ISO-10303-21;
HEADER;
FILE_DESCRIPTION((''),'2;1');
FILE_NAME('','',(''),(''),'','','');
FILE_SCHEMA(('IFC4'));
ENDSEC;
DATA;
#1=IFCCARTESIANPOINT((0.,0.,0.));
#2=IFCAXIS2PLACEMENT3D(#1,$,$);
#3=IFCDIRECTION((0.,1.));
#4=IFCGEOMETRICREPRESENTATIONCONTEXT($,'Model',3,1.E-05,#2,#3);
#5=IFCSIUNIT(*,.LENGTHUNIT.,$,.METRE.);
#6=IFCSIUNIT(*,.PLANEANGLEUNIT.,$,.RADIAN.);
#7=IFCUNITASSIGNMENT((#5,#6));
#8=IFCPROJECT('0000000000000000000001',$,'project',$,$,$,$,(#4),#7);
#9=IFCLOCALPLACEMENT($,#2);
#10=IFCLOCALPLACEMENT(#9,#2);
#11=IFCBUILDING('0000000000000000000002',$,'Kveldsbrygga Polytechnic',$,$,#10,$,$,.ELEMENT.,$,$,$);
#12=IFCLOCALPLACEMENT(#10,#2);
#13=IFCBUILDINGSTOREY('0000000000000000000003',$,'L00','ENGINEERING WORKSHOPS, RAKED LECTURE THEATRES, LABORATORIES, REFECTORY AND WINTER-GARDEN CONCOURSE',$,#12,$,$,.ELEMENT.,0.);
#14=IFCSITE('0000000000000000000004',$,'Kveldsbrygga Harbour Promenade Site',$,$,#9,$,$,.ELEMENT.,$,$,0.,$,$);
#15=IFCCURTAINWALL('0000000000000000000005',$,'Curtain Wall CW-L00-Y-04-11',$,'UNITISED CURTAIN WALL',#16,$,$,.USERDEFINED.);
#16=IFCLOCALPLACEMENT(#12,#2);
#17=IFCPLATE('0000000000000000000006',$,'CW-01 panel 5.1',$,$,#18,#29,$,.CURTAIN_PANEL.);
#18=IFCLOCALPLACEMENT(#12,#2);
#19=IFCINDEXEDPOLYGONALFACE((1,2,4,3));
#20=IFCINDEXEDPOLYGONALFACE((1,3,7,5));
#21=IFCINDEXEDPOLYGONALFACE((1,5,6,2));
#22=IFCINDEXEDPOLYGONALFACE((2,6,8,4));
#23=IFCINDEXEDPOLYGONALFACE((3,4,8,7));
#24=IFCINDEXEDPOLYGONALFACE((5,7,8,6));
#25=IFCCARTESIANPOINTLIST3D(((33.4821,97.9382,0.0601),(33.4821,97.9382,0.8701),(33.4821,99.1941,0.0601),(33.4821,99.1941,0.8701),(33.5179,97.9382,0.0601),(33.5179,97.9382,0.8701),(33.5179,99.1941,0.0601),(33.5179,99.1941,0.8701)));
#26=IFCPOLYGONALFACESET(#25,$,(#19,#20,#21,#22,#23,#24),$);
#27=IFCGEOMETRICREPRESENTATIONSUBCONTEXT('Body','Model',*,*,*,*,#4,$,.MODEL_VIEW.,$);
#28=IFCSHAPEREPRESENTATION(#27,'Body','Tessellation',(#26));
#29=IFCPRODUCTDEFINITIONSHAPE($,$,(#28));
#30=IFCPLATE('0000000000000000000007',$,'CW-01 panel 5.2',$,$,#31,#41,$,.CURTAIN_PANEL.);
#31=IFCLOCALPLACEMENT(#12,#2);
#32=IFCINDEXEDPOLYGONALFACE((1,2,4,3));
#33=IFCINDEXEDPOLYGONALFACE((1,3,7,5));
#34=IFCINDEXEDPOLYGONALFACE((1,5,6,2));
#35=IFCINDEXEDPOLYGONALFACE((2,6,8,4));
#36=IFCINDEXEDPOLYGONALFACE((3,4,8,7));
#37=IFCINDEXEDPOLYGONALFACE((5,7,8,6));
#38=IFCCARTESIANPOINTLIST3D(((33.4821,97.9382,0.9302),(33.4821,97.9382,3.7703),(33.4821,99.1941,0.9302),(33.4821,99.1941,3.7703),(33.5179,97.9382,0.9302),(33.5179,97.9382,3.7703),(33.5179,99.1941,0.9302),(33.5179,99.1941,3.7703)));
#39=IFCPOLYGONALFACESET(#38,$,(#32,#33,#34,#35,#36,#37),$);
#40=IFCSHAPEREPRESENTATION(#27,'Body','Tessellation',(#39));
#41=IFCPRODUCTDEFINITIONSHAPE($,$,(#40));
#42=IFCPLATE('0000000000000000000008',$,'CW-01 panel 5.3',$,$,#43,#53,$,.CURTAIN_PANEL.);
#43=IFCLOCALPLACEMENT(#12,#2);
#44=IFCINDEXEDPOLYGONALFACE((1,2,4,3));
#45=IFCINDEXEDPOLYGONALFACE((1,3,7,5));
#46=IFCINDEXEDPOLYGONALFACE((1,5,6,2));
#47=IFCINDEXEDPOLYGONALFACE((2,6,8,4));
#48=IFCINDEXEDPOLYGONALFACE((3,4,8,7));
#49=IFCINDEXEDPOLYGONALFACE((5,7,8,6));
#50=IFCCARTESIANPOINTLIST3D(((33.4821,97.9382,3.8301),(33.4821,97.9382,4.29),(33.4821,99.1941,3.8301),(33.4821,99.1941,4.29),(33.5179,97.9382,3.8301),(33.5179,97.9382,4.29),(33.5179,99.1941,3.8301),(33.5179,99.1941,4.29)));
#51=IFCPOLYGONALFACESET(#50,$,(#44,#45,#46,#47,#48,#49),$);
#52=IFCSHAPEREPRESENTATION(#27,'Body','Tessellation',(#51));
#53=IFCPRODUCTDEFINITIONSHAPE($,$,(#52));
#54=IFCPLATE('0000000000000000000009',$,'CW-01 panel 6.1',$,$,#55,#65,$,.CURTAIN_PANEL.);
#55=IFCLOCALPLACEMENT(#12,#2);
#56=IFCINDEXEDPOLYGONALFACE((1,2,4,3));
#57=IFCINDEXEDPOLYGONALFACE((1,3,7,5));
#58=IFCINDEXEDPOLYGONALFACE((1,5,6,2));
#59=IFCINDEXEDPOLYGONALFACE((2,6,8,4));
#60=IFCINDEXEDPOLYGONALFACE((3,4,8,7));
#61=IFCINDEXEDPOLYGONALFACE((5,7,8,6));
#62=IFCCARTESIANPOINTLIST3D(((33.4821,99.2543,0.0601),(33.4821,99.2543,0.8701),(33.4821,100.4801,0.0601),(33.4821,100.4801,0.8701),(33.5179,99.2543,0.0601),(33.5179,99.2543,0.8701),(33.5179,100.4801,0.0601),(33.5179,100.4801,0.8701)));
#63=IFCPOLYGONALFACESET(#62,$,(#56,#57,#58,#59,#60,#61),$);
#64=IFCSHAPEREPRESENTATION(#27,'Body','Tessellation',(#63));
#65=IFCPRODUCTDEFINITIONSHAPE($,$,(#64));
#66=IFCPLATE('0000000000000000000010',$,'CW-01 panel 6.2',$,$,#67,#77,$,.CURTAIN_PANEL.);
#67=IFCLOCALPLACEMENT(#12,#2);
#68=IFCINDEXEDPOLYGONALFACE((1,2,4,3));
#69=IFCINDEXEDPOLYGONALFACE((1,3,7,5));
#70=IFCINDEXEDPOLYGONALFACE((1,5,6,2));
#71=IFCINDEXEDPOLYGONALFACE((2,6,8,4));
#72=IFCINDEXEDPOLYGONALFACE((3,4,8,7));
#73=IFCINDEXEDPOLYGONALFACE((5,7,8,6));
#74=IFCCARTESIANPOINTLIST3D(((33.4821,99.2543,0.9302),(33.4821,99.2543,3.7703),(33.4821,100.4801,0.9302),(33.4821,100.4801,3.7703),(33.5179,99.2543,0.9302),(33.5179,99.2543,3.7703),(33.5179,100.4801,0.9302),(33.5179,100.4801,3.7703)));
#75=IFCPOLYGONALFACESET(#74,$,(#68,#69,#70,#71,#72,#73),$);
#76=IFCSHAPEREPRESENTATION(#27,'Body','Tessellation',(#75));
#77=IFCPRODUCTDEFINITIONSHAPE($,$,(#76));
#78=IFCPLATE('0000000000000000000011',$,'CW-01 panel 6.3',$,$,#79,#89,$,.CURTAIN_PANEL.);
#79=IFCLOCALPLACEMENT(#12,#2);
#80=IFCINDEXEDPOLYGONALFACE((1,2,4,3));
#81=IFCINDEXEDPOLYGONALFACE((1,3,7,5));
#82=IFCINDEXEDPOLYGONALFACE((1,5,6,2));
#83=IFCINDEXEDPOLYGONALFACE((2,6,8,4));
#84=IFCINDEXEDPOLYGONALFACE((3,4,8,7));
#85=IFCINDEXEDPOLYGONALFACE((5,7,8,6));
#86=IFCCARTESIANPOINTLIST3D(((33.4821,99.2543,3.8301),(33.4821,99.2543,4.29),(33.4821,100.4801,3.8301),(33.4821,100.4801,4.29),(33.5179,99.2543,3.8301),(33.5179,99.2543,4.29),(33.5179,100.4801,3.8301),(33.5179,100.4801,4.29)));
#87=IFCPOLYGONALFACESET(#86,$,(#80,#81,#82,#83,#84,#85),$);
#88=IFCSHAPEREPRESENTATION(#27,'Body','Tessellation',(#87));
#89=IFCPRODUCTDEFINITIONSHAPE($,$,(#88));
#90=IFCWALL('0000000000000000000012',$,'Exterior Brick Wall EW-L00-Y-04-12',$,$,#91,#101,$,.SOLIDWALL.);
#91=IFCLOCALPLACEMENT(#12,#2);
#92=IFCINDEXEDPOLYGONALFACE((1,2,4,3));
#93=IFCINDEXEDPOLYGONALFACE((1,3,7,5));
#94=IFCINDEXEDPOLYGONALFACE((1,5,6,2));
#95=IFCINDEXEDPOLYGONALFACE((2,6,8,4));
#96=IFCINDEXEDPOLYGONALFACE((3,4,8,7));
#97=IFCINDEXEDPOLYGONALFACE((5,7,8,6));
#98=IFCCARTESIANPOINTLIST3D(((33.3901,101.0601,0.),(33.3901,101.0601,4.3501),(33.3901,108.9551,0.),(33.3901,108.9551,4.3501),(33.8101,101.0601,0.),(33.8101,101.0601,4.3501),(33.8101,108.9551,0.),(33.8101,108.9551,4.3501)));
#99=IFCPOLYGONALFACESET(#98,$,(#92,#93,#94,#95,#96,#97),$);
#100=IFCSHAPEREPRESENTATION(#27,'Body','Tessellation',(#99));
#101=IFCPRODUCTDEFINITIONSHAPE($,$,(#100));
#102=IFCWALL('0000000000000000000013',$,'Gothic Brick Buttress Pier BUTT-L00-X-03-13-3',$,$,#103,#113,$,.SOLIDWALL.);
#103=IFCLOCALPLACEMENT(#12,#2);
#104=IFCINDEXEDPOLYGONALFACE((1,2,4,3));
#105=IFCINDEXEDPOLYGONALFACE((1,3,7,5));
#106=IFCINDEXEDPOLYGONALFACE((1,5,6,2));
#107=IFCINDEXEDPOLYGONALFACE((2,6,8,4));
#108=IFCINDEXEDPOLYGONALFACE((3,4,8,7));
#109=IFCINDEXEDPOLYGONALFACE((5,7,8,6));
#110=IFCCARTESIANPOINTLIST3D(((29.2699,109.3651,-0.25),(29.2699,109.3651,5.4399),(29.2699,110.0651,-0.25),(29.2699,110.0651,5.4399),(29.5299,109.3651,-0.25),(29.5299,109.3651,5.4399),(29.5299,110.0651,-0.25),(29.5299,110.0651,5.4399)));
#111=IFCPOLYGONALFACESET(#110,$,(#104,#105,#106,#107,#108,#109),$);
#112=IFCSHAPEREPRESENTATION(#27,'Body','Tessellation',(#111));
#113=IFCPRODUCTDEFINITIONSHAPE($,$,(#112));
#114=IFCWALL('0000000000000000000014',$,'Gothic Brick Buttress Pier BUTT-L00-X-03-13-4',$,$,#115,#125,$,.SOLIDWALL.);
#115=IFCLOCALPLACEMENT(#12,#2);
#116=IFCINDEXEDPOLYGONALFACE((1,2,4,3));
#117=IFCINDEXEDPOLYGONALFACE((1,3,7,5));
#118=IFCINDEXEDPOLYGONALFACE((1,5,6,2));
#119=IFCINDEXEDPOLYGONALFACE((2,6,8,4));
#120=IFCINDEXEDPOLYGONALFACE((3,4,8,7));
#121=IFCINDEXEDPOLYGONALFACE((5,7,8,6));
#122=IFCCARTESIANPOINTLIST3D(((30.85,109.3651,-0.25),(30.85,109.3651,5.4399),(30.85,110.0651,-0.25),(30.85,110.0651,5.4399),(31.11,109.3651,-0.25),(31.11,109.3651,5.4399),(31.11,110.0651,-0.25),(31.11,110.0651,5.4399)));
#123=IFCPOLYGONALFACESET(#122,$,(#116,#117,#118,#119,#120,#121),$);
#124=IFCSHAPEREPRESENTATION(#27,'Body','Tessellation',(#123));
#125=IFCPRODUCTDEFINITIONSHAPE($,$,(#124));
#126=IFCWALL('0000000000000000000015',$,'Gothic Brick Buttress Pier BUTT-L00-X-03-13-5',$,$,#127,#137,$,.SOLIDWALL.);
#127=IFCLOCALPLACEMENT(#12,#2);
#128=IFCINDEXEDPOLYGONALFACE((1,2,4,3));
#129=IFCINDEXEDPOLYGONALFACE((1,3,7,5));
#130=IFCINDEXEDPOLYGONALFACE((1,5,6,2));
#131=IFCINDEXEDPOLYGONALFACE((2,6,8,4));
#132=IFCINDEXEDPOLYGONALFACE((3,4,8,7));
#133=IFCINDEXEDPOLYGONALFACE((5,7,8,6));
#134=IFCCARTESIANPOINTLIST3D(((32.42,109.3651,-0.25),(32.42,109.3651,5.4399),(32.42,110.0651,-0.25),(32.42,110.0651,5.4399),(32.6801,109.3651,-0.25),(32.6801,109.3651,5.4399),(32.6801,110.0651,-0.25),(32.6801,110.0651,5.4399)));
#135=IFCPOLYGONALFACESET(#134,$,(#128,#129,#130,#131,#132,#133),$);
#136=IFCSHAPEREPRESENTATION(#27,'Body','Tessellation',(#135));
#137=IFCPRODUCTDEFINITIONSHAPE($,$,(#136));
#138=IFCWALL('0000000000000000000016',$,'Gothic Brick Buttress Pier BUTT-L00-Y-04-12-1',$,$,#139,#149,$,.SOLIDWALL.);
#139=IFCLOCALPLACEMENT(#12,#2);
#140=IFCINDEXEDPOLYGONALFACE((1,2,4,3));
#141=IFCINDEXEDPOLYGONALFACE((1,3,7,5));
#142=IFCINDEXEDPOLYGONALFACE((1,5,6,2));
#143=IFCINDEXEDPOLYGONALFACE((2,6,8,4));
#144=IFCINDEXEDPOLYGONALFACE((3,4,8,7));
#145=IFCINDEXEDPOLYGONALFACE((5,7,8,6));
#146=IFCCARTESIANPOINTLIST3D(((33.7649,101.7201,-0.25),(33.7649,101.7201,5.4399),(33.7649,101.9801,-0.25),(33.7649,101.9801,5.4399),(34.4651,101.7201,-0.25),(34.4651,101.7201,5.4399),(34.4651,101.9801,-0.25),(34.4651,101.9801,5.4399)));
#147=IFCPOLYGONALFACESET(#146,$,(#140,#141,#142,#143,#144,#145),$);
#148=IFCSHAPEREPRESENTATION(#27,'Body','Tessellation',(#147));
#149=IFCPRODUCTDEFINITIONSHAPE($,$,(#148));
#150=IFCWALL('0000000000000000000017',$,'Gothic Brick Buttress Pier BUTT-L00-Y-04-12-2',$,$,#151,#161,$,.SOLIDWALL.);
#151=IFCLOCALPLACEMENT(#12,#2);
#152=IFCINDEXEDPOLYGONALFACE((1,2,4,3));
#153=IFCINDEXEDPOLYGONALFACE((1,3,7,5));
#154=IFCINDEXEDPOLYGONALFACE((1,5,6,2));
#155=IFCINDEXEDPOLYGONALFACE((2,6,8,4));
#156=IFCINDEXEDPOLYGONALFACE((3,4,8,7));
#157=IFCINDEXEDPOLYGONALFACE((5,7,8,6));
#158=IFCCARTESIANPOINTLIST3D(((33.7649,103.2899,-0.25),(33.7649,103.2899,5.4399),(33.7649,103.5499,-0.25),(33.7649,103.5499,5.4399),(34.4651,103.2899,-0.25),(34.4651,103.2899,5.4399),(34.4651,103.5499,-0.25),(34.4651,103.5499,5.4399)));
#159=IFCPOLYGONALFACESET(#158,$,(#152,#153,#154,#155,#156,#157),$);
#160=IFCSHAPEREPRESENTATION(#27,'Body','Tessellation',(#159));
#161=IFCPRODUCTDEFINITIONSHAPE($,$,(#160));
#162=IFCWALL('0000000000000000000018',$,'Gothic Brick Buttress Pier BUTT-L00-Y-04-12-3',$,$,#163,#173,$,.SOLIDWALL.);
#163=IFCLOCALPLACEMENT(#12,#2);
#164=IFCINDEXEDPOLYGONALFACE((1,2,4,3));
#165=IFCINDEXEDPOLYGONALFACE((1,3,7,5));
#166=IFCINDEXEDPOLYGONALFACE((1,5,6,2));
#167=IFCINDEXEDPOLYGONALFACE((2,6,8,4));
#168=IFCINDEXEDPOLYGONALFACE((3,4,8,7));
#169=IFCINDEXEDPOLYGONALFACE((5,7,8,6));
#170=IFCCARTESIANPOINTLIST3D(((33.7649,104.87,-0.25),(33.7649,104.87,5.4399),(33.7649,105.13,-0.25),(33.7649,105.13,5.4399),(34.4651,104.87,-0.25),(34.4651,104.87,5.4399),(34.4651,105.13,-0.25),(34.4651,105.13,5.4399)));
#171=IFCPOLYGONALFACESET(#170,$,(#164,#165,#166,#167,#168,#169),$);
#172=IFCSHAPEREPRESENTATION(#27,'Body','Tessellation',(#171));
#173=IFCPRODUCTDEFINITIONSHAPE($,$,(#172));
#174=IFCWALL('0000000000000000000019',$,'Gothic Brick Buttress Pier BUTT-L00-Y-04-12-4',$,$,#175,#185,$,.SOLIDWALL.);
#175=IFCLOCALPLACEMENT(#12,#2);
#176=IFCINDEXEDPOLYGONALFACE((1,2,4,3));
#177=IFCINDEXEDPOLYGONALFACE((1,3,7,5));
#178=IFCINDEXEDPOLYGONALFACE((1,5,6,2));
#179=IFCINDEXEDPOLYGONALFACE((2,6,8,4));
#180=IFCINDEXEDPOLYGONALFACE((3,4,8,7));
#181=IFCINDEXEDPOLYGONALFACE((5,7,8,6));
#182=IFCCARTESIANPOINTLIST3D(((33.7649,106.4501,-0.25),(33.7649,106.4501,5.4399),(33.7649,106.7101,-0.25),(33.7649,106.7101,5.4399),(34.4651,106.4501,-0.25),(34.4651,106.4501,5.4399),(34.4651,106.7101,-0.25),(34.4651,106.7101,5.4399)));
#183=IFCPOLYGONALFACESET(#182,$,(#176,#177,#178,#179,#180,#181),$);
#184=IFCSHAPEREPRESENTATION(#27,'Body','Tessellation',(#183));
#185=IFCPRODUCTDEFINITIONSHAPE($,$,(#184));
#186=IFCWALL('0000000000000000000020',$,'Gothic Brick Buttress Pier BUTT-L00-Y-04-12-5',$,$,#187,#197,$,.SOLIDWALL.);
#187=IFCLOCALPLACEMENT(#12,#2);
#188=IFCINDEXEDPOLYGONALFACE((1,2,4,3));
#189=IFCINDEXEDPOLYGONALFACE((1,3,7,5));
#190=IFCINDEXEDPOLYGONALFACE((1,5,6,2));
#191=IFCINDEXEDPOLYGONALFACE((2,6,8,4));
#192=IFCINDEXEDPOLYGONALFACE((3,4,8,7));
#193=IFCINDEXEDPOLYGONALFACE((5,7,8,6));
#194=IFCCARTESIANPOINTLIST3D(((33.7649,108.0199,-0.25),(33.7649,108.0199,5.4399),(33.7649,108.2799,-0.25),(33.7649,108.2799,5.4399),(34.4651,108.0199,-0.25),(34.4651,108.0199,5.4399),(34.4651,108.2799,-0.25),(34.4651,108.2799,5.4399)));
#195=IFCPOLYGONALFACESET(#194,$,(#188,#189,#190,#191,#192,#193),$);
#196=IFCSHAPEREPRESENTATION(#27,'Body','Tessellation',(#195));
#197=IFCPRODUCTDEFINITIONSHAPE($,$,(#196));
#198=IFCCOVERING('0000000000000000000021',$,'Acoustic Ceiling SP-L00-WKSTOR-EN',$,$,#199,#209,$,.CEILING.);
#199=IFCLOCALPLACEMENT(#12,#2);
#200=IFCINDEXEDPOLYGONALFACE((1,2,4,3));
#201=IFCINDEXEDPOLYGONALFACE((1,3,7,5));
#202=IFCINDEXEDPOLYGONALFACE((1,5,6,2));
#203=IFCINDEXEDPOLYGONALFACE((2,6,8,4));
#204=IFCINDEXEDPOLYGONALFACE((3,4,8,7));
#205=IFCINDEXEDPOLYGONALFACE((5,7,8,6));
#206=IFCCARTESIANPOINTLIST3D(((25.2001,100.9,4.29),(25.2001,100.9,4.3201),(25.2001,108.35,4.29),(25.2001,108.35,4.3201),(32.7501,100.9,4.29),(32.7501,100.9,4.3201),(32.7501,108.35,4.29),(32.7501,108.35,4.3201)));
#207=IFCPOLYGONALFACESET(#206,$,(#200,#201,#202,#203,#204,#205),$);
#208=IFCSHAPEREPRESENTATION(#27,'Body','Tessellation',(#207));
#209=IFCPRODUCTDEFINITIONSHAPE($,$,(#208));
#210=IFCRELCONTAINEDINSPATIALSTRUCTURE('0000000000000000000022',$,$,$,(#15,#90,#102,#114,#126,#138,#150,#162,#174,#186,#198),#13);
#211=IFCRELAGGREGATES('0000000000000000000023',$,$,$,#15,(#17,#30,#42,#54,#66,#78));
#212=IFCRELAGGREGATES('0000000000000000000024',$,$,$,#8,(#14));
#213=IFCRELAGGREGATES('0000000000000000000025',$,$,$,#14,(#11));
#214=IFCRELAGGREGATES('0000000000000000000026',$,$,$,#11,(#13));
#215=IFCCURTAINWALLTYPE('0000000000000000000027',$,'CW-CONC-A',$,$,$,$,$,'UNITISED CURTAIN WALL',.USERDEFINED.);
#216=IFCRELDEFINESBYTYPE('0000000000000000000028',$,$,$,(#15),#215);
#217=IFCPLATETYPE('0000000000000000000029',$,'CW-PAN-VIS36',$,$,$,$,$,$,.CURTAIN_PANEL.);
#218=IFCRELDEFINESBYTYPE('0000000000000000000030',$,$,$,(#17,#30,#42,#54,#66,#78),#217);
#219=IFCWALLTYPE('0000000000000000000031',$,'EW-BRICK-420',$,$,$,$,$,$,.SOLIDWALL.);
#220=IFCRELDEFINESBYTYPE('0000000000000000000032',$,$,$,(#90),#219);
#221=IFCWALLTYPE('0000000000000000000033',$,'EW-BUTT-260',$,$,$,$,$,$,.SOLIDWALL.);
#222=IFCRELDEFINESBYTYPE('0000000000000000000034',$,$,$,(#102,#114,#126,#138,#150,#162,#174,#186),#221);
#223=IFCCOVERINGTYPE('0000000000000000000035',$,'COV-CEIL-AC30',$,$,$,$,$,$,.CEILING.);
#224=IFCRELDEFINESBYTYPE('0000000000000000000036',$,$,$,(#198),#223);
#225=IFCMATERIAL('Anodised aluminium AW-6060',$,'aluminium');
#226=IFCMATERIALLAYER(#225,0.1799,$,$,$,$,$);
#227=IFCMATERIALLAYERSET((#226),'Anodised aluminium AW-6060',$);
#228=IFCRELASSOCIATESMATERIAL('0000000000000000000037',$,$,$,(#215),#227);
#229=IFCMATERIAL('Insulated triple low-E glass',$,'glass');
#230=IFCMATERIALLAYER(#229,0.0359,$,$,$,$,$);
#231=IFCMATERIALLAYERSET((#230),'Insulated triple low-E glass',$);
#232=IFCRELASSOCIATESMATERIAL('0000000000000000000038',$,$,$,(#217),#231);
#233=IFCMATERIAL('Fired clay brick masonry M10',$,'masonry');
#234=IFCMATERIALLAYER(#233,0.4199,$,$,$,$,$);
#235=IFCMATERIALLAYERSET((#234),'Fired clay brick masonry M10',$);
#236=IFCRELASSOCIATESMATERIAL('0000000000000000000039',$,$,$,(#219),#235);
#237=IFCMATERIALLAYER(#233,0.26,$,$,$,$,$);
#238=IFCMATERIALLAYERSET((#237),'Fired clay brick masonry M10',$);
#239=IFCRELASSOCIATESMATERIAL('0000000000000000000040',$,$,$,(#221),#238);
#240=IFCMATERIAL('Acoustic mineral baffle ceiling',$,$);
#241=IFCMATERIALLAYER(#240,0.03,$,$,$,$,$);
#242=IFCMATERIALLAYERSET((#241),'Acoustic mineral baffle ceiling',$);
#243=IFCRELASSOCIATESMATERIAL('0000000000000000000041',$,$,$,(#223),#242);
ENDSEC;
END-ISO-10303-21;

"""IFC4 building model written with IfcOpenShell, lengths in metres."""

from ifc_helpers import new_model, si_unit, direction, frame, frame_2d, origin, origin_2d, place, context, subcontext, project, spatial, rectangle, extrude, material, layer, layer_set, type_object, element, aggregate, save


model = new_model("IFC4")

# Units and contexts
model_context = context("Model", 3, precision=1e-05, world=origin(), true_north=direction((0.0, 1.0)))
body_context = subcontext(model_context, "Body", "Model", "MODEL_VIEW")
ifc_project = project(units=[si_unit("LENGTHUNIT", "METRE"), si_unit("PLANEANGLEUNIT", "RADIAN")], contexts=[model_context])

# Site, building, storey
site_placement = place(None, origin())
site = spatial("IfcSite", under=ifc_project, at=site_placement, Name="Kveldsbrygga Harbour Promenade Site", CompositionType="ELEMENT", RefElevation=0.0)
building_placement = place(site_placement, origin())
building = spatial("IfcBuilding", under=site, at=building_placement, Name="Kveldsbrygga Polytechnic", CompositionType="ELEMENT")
storey_placement = place(building_placement, origin())
storey = spatial("IfcBuildingStorey", under=building, at=storey_placement, Name="L00", Description="ENGINEERING WORKSHOPS, RAKED LECTURE THEATRES, LABORATORIES, REFECTORY AND WINTER-GARDEN CONCOURSE", CompositionType="ELEMENT", Elevation=0.0)

# Curtain wall, plates
ifc_material_1 = material(Name="Anodised aluminium AW-6060", Category="aluminium")
ifc_layer_1 = layer(ifc_material_1, 0.1799)
ifc_layer_set_1 = layer_set([ifc_layer_1], Name="Anodised aluminium AW-6060")
curtain_wall_type = type_object("IfcCurtainWallType", Name="CW-CONC-A", ElementType="UNITISED CURTAIN WALL", PredefinedType="USERDEFINED", material=ifc_layer_set_1)
curtain_wall_placement = place(storey_placement, origin())
curtain_wall = element("IfcCurtainWall", 1, at=curtain_wall_placement, inside=storey, type_object=curtain_wall_type, Name="Curtain Wall CW-L00-Y-04-11", ObjectType="UNITISED CURTAIN WALL", PredefinedType="USERDEFINED")
ifc_material_2 = material(Name="Insulated triple low-E glass", Category="glass")
ifc_layer_2 = layer(ifc_material_2, 0.0359)
ifc_layer_set_2 = layer_set([ifc_layer_2], Name="Insulated triple low-E glass")
plate_type = type_object("IfcPlateType", Name="CW-PAN-VIS36", PredefinedType="CURTAIN_PANEL", material=ifc_layer_set_2)
plate_1_placement = place(storey_placement, frame((33.5, 98.5662, 0.0601), z_axis=(0.0, 0.0, 1.0), x_axis=(0.0, 1.0, 0.0)))
plate_1 = element("IfcPlate", 2, at=plate_1_placement, type_object=plate_type, Name="CW-01 panel 5.1", PredefinedType="CURTAIN_PANEL", context=body_context, shape_type="SweptSolid", body=[
    extrude(rectangle(XDim=1.2559, YDim=0.0359, at=origin_2d()), origin(), (0.0, 0.0, 1.0), 0.8101),
])
plate_2_placement = place(storey_placement, frame((33.5, 98.5662, 0.9302), z_axis=(0.0, 0.0, 1.0), x_axis=(0.0, 1.0, 0.0)))
plate_2 = element("IfcPlate", 3, at=plate_2_placement, type_object=plate_type, Name="CW-01 panel 5.2", PredefinedType="CURTAIN_PANEL", context=body_context, shape_type="SweptSolid", body=[
    extrude(rectangle(XDim=1.2559, YDim=0.0359, at=origin_2d()), origin(), (0.0, 0.0, 1.0), 2.8401),
])
plate_3_placement = place(storey_placement, frame((33.5, 98.5662, 3.8301), z_axis=(0.0, 0.0, 1.0), x_axis=(0.0, 1.0, 0.0)))
plate_3 = element("IfcPlate", 4, at=plate_3_placement, type_object=plate_type, Name="CW-01 panel 5.3", PredefinedType="CURTAIN_PANEL", context=body_context, shape_type="SweptSolid", body=[
    extrude(rectangle(XDim=1.2559, YDim=0.0359, at=origin_2d()), origin(), (0.0, 0.0, 1.0), 0.46),
])
plate_4_placement = place(storey_placement, frame((33.5, 99.8672, 0.0601), z_axis=(0.0, 0.0, 1.0), x_axis=(0.0, 1.0, 0.0)))
plate_4 = element("IfcPlate", 5, at=plate_4_placement, type_object=plate_type, Name="CW-01 panel 6.1", PredefinedType="CURTAIN_PANEL", context=body_context, shape_type="SweptSolid", body=[
    extrude(rectangle(XDim=1.2258, YDim=0.0359, at=origin_2d()), origin(), (0.0, 0.0, 1.0), 0.8101),
])
plate_5_placement = place(storey_placement, frame((33.5, 99.8672, 0.9302), z_axis=(0.0, 0.0, 1.0), x_axis=(0.0, 1.0, 0.0)))
plate_5 = element("IfcPlate", 6, at=plate_5_placement, type_object=plate_type, Name="CW-01 panel 6.2", PredefinedType="CURTAIN_PANEL", context=body_context, shape_type="SweptSolid", body=[
    extrude(rectangle(XDim=1.2258, YDim=0.0359, at=origin_2d()), origin(), (0.0, 0.0, 1.0), 2.8401),
])
plate_6_placement = place(storey_placement, frame((33.5, 99.8672, 3.8301), z_axis=(0.0, 0.0, 1.0), x_axis=(0.0, 1.0, 0.0)))
plate_6 = element("IfcPlate", 7, at=plate_6_placement, type_object=plate_type, Name="CW-01 panel 6.3", PredefinedType="CURTAIN_PANEL", context=body_context, shape_type="SweptSolid", body=[
    extrude(rectangle(XDim=1.2258, YDim=0.0359, at=origin_2d()), origin(), (0.0, 0.0, 1.0), 0.46),
])
aggregate(curtain_wall, [plate_1, plate_2, plate_3, plate_4, plate_5, plate_6])

# Walls
ifc_material_3 = material(Name="Fired clay brick masonry M10", Category="masonry")
ifc_layer_3 = layer(ifc_material_3, 0.4199)
ifc_layer_set_3 = layer_set([ifc_layer_3], Name="Fired clay brick masonry M10")
wall_type_1 = type_object("IfcWallType", Name="EW-BRICK-420", PredefinedType="SOLIDWALL", material=ifc_layer_set_3)
wall_placement = place(storey_placement, frame((33.6001, 101.0601, 0.0), z_axis=(0.0, 0.0, 1.0), x_axis=(0.0, 1.0, 0.0)))
element("IfcWall", 8, at=wall_placement, inside=storey, type_object=wall_type_1, Name="Exterior Brick Wall EW-L00-Y-04-12", PredefinedType="SOLIDWALL", context=body_context, shape_type="SweptSolid", body=[
    extrude(rectangle(XDim=7.895, YDim=0.4199, at=frame_2d((3.9475, 0.0))), origin(), (0.0, 0.0, 1.0), 4.3501),
])
ifc_layer_4 = layer(ifc_material_3, 0.26)
ifc_layer_set_4 = layer_set([ifc_layer_4], Name="Fired clay brick masonry M10")
wall_type_2 = type_object("IfcWallType", Name="EW-BUTT-260", PredefinedType="SOLIDWALL", material=ifc_layer_set_4)
for number, where, z_axis, x_axis, name in (
    (9, (29.3999, 109.365, -0.25), (0.0, 0.0, 1.0), (0.0, 1.0, 0.0), "Gothic Brick Buttress Pier BUTT-L00-X-03-13-3"),
    (10, (30.98, 109.365, -0.25), (0.0, 0.0, 1.0), (0.0, 1.0, 0.0), "Gothic Brick Buttress Pier BUTT-L00-X-03-13-4"),
    (11, (32.55, 109.365, -0.25), (0.0, 0.0, 1.0), (0.0, 1.0, 0.0), "Gothic Brick Buttress Pier BUTT-L00-X-03-13-5"),
):
    element("IfcWall", number, at=place(storey_placement, frame(where, z_axis=z_axis, x_axis=x_axis)), inside=storey, type_object=wall_type_2, Name=name, PredefinedType="SOLIDWALL", context=body_context, shape_type="SweptSolid", body=[
        extrude(rectangle(XDim=0.7, YDim=0.26, at=frame_2d((0.3501, 0.0))), origin(), (0.0, 0.0, 1.0), 5.6899),
    ])
for number, where, z_axis, x_axis, name in (
    (12, (33.7649, 101.8501, -0.25), (0.0, 0.0, 1.0), (1.0, 0.0, 0.0), "Gothic Brick Buttress Pier BUTT-L00-Y-04-12-1"),
    (13, (33.7649, 103.4199, -0.25), (0.0, 0.0, 1.0), (1.0, 0.0, 0.0), "Gothic Brick Buttress Pier BUTT-L00-Y-04-12-2"),
    (14, (33.7649, 105.0, -0.25), (0.0, 0.0, 1.0), (1.0, 0.0, 0.0), "Gothic Brick Buttress Pier BUTT-L00-Y-04-12-3"),
    (15, (33.7649, 106.5801, -0.25), (0.0, 0.0, 1.0), (1.0, 0.0, 0.0), "Gothic Brick Buttress Pier BUTT-L00-Y-04-12-4"),
    (16, (33.7649, 108.1499, -0.25), (0.0, 0.0, 1.0), (1.0, 0.0, 0.0), "Gothic Brick Buttress Pier BUTT-L00-Y-04-12-5"),
):
    element("IfcWall", number, at=place(storey_placement, frame(where, z_axis=z_axis, x_axis=x_axis)), inside=storey, type_object=wall_type_2, Name=name, PredefinedType="SOLIDWALL", context=body_context, shape_type="SweptSolid", body=[
        extrude(rectangle(XDim=0.7002, YDim=0.26, at=frame_2d((0.3501, 0.0))), origin(), (0.0, 0.0, 1.0), 5.6899),
    ])

# Covering
ifc_material_4 = material(Name="Acoustic mineral baffle ceiling")
ifc_layer_5 = layer(ifc_material_4, 0.03)
ifc_layer_set_5 = layer_set([ifc_layer_5], Name="Acoustic mineral baffle ceiling")
covering_type = type_object("IfcCoveringType", Name="COV-CEIL-AC30", PredefinedType="CEILING", material=ifc_layer_set_5)
covering_placement = place(storey_placement, frame((28.9751, 104.625, 4.29), z_axis=(0.0, 0.0, 1.0), x_axis=(1.0, 0.0, 0.0)))
element("IfcCovering", 17, at=covering_placement, inside=storey, type_object=covering_type, Name="Acoustic Ceiling SP-L00-WKSTOR-EN", PredefinedType="CEILING", context=body_context, shape_type="SweptSolid", body=[
    extrude(rectangle(XDim=7.55, YDim=7.45, at=origin_2d()), origin(), (0.0, 0.0, 1.0), 0.03),
])

save(model, "model.ifc")
